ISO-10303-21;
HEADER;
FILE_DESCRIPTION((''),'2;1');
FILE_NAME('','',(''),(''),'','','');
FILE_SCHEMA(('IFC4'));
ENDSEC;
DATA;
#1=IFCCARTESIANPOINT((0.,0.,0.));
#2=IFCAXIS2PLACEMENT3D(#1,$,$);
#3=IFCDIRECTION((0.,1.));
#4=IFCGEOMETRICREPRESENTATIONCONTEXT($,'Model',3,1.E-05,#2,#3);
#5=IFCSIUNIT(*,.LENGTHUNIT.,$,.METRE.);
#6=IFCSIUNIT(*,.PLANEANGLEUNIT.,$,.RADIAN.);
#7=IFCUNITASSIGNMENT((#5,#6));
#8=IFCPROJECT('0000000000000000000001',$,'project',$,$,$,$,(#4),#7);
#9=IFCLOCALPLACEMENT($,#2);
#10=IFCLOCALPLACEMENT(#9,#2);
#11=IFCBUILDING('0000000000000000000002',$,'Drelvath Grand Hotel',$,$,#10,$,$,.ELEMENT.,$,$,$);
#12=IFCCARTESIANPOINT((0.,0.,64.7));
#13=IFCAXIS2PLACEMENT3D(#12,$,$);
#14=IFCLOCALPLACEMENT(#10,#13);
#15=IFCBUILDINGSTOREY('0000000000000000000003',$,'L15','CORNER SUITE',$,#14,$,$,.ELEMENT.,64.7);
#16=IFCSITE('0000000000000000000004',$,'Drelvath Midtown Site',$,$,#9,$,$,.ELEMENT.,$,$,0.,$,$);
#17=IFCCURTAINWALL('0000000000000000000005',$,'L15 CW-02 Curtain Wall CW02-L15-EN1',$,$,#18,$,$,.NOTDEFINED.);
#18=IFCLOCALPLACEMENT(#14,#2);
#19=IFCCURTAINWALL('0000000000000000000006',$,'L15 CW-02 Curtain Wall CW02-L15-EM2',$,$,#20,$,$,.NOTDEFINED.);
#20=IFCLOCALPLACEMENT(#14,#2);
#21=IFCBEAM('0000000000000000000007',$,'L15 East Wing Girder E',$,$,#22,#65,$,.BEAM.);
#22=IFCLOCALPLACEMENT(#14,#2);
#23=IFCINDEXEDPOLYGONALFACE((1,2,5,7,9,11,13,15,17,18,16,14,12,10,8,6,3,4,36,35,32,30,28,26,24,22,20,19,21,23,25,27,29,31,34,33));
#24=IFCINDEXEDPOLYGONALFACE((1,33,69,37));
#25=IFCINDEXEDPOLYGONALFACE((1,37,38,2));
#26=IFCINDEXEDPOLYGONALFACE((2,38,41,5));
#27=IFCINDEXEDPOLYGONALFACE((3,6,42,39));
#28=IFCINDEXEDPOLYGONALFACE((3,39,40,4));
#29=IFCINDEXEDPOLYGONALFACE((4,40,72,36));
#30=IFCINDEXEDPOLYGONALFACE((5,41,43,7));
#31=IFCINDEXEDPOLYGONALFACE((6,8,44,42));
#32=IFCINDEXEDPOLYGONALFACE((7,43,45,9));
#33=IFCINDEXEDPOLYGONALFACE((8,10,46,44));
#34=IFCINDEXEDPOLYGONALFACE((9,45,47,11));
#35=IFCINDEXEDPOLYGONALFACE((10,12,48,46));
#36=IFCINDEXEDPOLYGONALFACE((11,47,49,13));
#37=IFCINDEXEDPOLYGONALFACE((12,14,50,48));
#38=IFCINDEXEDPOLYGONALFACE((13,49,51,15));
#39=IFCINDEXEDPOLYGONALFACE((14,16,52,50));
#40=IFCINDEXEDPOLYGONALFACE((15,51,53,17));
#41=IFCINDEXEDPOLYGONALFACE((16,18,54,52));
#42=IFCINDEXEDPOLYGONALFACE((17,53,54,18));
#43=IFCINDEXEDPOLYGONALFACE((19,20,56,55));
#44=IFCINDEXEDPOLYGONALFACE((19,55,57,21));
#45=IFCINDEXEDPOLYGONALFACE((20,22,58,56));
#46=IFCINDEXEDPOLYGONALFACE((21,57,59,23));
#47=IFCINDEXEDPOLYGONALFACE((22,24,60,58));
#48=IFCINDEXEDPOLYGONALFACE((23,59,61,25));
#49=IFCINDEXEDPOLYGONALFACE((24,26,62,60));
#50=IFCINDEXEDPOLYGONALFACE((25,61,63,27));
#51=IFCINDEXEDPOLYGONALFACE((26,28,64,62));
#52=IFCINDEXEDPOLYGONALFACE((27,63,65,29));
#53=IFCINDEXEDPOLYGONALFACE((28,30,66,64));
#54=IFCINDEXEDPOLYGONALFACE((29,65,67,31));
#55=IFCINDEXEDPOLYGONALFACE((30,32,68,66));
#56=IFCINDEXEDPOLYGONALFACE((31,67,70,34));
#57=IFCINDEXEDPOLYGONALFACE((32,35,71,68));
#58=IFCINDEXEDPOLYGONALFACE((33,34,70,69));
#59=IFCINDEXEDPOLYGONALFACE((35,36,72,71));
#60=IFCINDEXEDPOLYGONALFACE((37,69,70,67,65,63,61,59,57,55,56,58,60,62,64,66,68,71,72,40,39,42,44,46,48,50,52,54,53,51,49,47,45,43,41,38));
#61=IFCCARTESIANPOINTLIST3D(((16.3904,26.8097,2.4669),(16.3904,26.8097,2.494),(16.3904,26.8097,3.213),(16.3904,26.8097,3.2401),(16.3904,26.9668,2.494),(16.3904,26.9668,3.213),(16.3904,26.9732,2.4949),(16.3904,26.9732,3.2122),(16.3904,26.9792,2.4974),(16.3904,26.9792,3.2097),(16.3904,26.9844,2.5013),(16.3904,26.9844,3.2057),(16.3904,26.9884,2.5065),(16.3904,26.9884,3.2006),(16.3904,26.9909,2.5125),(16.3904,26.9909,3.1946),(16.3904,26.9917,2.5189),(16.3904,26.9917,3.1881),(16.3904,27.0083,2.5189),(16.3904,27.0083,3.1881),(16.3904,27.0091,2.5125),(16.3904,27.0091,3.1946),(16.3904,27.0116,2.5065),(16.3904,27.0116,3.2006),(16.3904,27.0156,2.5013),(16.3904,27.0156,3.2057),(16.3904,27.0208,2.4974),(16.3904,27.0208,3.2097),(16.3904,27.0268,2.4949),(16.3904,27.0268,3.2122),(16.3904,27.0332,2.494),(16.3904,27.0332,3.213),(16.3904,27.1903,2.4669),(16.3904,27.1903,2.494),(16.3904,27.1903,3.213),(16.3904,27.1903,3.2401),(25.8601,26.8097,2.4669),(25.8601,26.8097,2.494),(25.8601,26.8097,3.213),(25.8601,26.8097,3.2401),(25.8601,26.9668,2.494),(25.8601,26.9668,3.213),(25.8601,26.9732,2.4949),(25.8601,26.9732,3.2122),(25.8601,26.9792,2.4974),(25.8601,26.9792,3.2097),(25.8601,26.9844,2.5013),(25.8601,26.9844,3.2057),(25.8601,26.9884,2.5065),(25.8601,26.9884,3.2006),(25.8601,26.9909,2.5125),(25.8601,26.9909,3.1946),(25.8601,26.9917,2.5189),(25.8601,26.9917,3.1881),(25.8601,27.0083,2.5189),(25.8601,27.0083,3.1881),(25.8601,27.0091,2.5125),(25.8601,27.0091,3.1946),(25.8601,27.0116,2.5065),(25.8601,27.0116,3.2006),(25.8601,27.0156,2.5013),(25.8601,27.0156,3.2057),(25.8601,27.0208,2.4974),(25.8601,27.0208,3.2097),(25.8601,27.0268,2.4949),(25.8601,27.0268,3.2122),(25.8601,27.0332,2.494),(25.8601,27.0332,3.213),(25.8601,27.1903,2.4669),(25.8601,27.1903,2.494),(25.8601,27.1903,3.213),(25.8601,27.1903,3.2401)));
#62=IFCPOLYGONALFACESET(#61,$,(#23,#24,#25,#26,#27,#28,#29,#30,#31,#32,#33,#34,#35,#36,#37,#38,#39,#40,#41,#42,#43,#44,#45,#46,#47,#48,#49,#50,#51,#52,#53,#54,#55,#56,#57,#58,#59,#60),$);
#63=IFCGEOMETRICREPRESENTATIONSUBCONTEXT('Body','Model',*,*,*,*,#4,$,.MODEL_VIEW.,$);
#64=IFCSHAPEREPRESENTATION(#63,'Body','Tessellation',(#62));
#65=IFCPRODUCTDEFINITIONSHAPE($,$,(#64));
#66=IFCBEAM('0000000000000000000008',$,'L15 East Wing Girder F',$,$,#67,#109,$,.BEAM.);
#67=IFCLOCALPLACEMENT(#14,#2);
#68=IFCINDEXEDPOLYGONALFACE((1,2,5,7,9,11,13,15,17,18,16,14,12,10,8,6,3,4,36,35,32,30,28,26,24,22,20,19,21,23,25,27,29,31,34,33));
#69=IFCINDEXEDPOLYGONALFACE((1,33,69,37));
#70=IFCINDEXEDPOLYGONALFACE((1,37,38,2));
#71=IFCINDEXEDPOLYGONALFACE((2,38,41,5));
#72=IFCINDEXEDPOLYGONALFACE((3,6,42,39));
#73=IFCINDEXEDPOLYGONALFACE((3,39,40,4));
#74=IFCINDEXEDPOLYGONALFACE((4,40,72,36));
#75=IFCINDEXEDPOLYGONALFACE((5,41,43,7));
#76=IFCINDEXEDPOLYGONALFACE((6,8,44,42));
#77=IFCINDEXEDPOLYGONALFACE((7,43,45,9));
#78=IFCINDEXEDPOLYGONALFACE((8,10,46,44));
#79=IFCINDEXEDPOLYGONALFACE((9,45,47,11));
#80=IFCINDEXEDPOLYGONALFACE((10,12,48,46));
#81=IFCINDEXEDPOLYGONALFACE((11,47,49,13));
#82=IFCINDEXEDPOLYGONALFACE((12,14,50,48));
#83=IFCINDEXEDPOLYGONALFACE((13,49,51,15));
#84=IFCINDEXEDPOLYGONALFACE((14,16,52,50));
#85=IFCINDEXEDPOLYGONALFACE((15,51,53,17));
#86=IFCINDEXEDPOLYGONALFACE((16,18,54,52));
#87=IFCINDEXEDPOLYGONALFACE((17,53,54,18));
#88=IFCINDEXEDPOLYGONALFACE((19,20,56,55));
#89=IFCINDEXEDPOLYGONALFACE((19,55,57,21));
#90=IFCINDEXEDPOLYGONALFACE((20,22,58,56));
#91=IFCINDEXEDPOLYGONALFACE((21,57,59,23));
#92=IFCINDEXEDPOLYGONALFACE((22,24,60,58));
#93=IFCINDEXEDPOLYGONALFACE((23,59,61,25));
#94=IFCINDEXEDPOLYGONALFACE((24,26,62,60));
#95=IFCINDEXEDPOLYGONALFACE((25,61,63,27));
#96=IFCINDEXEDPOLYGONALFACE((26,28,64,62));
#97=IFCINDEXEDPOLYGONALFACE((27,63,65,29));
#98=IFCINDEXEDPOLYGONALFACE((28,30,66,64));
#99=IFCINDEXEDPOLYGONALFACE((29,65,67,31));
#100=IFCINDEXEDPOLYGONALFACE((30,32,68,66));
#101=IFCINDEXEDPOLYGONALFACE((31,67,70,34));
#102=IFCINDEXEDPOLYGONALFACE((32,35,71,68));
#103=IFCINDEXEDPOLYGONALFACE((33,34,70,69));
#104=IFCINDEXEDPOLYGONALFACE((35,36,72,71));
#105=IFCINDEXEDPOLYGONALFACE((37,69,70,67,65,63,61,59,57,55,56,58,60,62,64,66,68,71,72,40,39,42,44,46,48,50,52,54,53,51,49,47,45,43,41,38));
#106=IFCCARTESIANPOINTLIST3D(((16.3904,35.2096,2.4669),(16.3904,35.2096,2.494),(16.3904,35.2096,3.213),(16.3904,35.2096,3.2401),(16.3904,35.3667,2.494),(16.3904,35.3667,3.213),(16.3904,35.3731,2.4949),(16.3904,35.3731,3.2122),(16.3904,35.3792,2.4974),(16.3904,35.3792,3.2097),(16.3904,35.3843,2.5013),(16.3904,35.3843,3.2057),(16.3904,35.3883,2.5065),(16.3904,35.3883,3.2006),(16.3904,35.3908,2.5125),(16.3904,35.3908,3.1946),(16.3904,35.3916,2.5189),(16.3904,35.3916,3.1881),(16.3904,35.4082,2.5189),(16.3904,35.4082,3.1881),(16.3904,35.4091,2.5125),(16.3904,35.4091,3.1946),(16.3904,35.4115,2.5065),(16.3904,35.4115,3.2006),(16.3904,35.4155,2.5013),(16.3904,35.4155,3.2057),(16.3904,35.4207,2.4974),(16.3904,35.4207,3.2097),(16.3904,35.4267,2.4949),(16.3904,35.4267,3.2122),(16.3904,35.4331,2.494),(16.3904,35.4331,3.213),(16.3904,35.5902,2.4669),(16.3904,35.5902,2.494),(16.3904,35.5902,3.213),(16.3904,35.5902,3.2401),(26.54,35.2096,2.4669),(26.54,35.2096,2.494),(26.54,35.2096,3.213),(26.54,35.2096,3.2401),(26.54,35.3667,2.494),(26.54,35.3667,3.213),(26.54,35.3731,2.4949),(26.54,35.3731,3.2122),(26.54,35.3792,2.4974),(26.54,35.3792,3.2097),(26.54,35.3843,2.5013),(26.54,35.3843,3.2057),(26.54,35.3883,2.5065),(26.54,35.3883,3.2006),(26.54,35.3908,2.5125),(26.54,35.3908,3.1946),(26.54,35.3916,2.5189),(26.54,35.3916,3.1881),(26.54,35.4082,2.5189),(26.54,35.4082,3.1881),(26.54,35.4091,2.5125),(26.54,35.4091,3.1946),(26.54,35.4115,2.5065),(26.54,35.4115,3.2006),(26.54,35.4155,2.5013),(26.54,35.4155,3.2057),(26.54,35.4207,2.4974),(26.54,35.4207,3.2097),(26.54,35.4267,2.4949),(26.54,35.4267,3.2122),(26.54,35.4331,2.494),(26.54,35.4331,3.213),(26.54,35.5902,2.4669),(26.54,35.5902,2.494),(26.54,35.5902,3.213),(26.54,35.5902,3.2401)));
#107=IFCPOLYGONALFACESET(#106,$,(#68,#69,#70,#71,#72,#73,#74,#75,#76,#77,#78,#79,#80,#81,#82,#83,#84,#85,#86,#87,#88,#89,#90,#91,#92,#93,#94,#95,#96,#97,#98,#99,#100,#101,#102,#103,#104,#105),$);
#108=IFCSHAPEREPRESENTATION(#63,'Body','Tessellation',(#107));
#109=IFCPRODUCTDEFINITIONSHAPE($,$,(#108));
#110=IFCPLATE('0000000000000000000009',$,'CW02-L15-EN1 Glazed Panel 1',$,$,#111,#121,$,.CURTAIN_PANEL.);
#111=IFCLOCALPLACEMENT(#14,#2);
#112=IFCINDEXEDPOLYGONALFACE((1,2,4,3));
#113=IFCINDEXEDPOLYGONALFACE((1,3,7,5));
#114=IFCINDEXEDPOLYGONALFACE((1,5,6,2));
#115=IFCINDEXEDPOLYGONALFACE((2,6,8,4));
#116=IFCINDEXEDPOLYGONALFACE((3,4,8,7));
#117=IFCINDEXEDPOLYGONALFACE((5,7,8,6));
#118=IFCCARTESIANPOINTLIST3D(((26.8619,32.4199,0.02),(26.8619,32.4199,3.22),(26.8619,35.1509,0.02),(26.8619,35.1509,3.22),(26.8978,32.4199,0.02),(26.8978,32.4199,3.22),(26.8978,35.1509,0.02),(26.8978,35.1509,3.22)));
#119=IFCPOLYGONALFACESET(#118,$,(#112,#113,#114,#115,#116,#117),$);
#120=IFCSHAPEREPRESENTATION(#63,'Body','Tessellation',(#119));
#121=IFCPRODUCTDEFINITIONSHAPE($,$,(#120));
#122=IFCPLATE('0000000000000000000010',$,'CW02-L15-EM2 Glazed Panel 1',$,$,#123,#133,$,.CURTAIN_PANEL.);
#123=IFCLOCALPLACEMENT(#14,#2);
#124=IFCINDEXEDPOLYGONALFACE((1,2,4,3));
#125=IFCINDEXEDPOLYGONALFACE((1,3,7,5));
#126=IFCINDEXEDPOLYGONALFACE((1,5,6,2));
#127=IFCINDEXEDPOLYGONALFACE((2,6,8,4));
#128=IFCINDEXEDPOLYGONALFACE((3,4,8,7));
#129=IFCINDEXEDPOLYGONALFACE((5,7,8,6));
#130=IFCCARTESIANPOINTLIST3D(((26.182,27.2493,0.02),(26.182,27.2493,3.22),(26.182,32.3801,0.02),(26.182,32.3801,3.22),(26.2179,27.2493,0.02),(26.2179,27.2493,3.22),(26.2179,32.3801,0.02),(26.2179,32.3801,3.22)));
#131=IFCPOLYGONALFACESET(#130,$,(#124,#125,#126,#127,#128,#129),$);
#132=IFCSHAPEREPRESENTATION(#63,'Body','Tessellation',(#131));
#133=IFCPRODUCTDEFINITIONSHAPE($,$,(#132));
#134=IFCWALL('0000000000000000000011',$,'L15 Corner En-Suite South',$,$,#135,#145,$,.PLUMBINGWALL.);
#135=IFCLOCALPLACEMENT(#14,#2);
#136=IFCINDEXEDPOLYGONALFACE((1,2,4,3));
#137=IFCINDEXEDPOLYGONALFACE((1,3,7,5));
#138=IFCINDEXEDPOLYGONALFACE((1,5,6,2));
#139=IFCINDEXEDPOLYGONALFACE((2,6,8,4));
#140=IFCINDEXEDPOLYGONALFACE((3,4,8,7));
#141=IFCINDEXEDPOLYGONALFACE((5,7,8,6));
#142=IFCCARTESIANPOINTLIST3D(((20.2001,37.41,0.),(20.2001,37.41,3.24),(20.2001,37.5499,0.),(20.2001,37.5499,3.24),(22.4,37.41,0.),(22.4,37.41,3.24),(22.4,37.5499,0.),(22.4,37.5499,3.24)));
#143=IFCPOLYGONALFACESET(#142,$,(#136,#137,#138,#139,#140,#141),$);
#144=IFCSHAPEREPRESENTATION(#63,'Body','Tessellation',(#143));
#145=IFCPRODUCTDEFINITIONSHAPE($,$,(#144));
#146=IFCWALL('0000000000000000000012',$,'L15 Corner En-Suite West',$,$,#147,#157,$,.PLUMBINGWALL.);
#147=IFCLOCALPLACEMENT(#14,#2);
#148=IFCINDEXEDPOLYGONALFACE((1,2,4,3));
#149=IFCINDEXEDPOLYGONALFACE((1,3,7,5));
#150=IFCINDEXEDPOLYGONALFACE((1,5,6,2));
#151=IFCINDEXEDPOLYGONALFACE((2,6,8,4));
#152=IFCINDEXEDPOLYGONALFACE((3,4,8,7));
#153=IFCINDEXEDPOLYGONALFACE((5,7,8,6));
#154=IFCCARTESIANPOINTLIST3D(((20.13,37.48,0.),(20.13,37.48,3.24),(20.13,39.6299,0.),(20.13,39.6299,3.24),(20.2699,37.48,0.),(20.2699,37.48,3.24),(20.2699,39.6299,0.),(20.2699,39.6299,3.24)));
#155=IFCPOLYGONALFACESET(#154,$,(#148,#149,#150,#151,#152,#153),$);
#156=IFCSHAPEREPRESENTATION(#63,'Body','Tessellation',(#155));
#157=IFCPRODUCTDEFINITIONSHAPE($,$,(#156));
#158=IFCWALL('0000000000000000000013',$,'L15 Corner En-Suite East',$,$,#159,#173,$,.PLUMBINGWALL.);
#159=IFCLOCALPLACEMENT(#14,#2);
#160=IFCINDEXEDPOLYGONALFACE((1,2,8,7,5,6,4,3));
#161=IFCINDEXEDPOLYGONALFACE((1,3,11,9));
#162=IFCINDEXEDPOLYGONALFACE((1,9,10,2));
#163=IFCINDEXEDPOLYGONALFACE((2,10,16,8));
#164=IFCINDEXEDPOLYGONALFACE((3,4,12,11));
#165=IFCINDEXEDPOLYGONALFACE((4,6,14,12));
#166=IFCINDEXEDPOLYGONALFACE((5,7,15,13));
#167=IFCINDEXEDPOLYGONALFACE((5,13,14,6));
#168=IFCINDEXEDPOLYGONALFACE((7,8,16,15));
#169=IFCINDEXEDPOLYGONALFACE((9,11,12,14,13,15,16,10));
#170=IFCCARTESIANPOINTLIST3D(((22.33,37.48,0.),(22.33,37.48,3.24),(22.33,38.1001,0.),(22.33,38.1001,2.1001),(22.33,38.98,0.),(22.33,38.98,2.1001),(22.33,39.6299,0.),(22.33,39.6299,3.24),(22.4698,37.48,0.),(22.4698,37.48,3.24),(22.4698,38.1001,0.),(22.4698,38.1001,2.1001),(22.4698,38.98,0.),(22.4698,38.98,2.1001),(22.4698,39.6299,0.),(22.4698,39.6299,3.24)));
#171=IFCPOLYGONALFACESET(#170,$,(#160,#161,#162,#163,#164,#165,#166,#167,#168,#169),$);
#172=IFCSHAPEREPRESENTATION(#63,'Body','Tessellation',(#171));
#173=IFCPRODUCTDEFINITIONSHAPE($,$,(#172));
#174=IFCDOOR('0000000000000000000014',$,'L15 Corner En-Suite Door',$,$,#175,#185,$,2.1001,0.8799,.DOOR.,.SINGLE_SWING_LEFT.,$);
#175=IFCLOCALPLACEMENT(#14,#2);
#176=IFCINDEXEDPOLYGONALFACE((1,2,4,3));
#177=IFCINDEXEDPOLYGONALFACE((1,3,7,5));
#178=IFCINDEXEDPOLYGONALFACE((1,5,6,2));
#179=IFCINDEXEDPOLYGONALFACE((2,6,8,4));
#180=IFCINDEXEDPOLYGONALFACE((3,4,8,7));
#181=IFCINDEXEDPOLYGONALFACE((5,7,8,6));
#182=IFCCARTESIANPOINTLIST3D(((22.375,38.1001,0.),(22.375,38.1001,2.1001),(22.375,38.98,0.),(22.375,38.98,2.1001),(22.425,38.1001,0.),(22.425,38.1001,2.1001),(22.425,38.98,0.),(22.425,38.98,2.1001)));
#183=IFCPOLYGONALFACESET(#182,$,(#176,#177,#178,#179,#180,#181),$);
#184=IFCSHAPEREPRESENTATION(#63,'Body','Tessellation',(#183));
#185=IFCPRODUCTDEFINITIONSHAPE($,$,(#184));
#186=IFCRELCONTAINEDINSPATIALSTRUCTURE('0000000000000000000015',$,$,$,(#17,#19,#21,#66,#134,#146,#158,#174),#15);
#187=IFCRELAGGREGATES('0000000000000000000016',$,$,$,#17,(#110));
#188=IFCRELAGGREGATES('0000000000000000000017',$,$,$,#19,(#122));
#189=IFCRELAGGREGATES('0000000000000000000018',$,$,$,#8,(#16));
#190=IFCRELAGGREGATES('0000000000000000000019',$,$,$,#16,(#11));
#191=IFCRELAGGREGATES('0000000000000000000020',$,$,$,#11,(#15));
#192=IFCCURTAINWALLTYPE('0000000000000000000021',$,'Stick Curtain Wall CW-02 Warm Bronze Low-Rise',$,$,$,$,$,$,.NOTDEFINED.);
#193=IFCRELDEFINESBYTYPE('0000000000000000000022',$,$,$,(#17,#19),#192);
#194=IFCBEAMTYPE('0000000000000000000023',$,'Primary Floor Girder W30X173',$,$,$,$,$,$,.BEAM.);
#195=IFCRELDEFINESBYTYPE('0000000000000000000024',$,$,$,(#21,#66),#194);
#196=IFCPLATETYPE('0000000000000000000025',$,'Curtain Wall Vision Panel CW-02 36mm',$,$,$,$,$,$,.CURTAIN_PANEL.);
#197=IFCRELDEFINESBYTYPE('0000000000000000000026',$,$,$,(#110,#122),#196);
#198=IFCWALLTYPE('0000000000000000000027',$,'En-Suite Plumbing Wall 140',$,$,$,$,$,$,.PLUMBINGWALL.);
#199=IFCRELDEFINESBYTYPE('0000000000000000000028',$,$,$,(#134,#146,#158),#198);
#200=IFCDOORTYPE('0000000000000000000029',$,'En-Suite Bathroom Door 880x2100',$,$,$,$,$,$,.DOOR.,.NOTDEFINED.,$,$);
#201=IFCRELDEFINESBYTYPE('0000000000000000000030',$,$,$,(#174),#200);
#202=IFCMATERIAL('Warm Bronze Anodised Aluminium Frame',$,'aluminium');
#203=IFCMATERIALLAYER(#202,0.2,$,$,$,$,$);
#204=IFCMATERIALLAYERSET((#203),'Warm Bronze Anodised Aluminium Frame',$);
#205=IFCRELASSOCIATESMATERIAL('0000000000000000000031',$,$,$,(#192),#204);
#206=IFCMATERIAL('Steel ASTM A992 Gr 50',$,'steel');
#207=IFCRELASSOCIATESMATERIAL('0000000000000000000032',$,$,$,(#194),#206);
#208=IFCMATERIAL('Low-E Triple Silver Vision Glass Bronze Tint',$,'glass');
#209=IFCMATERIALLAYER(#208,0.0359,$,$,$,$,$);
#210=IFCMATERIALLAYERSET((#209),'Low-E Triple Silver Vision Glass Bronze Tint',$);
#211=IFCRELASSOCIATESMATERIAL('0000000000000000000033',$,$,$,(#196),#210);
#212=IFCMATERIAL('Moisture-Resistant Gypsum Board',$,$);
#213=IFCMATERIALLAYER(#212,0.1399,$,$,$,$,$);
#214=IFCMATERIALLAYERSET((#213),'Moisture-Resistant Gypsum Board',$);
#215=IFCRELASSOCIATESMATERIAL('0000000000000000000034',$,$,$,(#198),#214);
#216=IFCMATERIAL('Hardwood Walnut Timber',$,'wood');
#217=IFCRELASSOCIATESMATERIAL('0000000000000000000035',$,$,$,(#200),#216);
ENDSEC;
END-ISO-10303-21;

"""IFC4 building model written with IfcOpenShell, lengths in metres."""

from ifc_helpers import new_model, si_unit, direction, frame, frame_2d, origin, origin_2d, place, context, subcontext, project, spatial, rectangle, i_section, extrude, material, layer, layer_set, material_profile, profile_set, type_object, element, fill, aggregate, save


model = new_model("IFC4")

# Units and contexts
model_context = context("Model", 3, precision=1e-05, world=origin(), true_north=direction((0.0, 1.0)))
body_context = subcontext(model_context, "Body", "Model", "MODEL_VIEW")
ifc_project = project(units=[si_unit("LENGTHUNIT", "METRE"), si_unit("PLANEANGLEUNIT", "RADIAN")], contexts=[model_context])

# Site, building, storey
site_placement = place(None, origin())
site = spatial("IfcSite", under=ifc_project, at=site_placement, Name="Drelvath Midtown Site", CompositionType="ELEMENT", RefElevation=0.0)
building_placement = place(site_placement, origin())
building = spatial("IfcBuilding", under=site, at=building_placement, Name="Drelvath Grand Hotel", CompositionType="ELEMENT")
storey_placement = place(building_placement, frame((0.0, 0.0, 64.7)))
storey = spatial("IfcBuildingStorey", under=building, at=storey_placement, Name="L15", Description="CORNER SUITE", CompositionType="ELEMENT", Elevation=64.7)

# Curtain walls
ifc_material_1 = material(Name="Warm Bronze Anodised Aluminium Frame", Category="aluminium")
ifc_layer_1 = layer(ifc_material_1, 0.2)
ifc_layer_set_1 = layer_set([ifc_layer_1], Name="Warm Bronze Anodised Aluminium Frame")
curtain_wall_type = type_object("IfcCurtainWallType", Name="Stick Curtain Wall CW-02 Warm Bronze Low-Rise", PredefinedType="NOTDEFINED", material=ifc_layer_set_1)
curtain_wall_1_placement = place(storey_placement, origin())
curtain_wall_1 = element("IfcCurtainWall", 1, at=curtain_wall_1_placement, inside=storey, type_object=curtain_wall_type, Name="L15 CW-02 Curtain Wall CW02-L15-EN1", PredefinedType="NOTDEFINED")
curtain_wall_2_placement = place(storey_placement, origin())
curtain_wall_2 = element("IfcCurtainWall", 2, at=curtain_wall_2_placement, inside=storey, type_object=curtain_wall_type, Name="L15 CW-02 Curtain Wall CW02-L15-EM2", PredefinedType="NOTDEFINED")

# Beams
ifc_material_2 = material(Name="Steel ASTM A992 Gr 50", Category="steel")
ifc_material_profile_1 = material_profile(ifc_material_2, i_section(OverallWidth=0.3806, OverallDepth=0.7732, WebThickness=0.0166, FlangeThickness=0.0271, FilletRadius=0.0249, at=origin_2d()), Name="W30X173")
ifc_profile_set_1 = profile_set([ifc_material_profile_1], Name="Steel ASTM A992 Gr 50")
beam_type_1 = type_object("IfcBeamType", Name="Primary Floor Girder W30X173", PredefinedType="BEAM", material=ifc_profile_set_1)
beam_1_placement = place(storey_placement, frame((16.3904, 27.0, 2.8535), z_axis=(1.0, 0.0, 0.0), x_axis=(0.0, 1.0, 0.0)))
element("IfcBeam", 3, at=beam_1_placement, inside=storey, type_object=beam_type_1, Name="L15 East Wing Girder E", PredefinedType="BEAM", context=body_context, shape_type="SweptSolid", body=[
    extrude(i_section(OverallWidth=0.3806, OverallDepth=0.7732, WebThickness=0.0166, FlangeThickness=0.0271, FilletRadius=0.0249, at=origin_2d()), origin(), (0.0, 0.0, 1.0), 9.4697),
])
beam_2_placement = place(storey_placement, frame((16.3904, 35.3999, 2.8535), z_axis=(1.0, 0.0, 0.0), x_axis=(0.0, 1.0, 0.0)))
element("IfcBeam", 4, at=beam_2_placement, inside=storey, type_object=beam_type_1, Name="L15 East Wing Girder F", PredefinedType="BEAM", context=body_context, shape_type="SweptSolid", body=[
    extrude(i_section(OverallWidth=0.3806, OverallDepth=0.7732, WebThickness=0.0166, FlangeThickness=0.0271, FilletRadius=0.0249, at=origin_2d()), origin(), (0.0, 0.0, 1.0), 10.1497),
])

# Plates
ifc_material_3 = material(Name="Low-E Triple Silver Vision Glass Bronze Tint", Category="glass")
ifc_layer_2 = layer(ifc_material_3, 0.0359)
ifc_layer_set_2 = layer_set([ifc_layer_2], Name="Low-E Triple Silver Vision Glass Bronze Tint")
plate_type = type_object("IfcPlateType", Name="Curtain Wall Vision Panel CW-02 36mm", PredefinedType="CURTAIN_PANEL", material=ifc_layer_set_2)
plate_1_placement = place(storey_placement, frame((26.8799, 33.7854, 0.02), z_axis=(0.0, 0.0, 1.0), x_axis=(0.0, -1.0, 0.0)))
plate_1 = element("IfcPlate", 5, at=plate_1_placement, type_object=plate_type, Name="CW02-L15-EN1 Glazed Panel 1", PredefinedType="CURTAIN_PANEL", context=body_context, shape_type="SweptSolid", body=[
    extrude(rectangle(XDim=2.731, YDim=0.0359, at=origin_2d()), origin(), (0.0, 0.0, 1.0), 3.2),
])
aggregate(curtain_wall_1, [plate_1])
plate_2_placement = place(storey_placement, frame((26.2, 29.8147, 0.02), z_axis=(0.0, 0.0, 1.0), x_axis=(0.0, -1.0, 0.0)))
plate_2 = element("IfcPlate", 6, at=plate_2_placement, type_object=plate_type, Name="CW02-L15-EM2 Glazed Panel 1", PredefinedType="CURTAIN_PANEL", context=body_context, shape_type="SweptSolid", body=[
    extrude(rectangle(XDim=5.1309, YDim=0.0359, at=origin_2d()), origin(), (0.0, 0.0, 1.0), 3.2),
])
aggregate(curtain_wall_2, [plate_2])

# Shared definitions
ifc_material_4 = material(Name="Hardwood Walnut Timber", Category="wood")

# Walls
ifc_material_5 = material(Name="Moisture-Resistant Gypsum Board")
ifc_layer_3 = layer(ifc_material_5, 0.1399)
ifc_layer_set_3 = layer_set([ifc_layer_3], Name="Moisture-Resistant Gypsum Board")
wall_type_1 = type_object("IfcWallType", Name="En-Suite Plumbing Wall 140", PredefinedType="PLUMBINGWALL", material=ifc_layer_set_3)
wall_1_placement = place(storey_placement, frame((20.2, 37.48, 0.0), z_axis=(0.0, 0.0, 1.0), x_axis=(1.0, 0.0, 0.0)))
element("IfcWall", 7, at=wall_1_placement, inside=storey, type_object=wall_type_1, Name="L15 Corner En-Suite South", PredefinedType="PLUMBINGWALL", context=body_context, shape_type="SweptSolid", body=[
    extrude(rectangle(XDim=2.2, YDim=0.1399, at=frame_2d((1.1001, 0.0))), origin(), (0.0, 0.0, 1.0), 3.24),
])
wall_2_placement = place(storey_placement, frame((20.2, 37.48, 0.0), z_axis=(0.0, 0.0, 1.0), x_axis=(0.0, 1.0, 0.0)))
element("IfcWall", 8, at=wall_2_placement, inside=storey, type_object=wall_type_1, Name="L15 Corner En-Suite West", PredefinedType="PLUMBINGWALL", context=body_context, shape_type="SweptSolid", body=[
    extrude(rectangle(XDim=2.1499, YDim=0.1399, at=frame_2d((1.075, 0.0))), origin(), (0.0, 0.0, 1.0), 3.24),
])

# Wall, opening, door
wall_3_placement = place(storey_placement, frame((22.3999, 37.48, 0.0), z_axis=(0.0, 0.0, 1.0), x_axis=(0.0, 1.0, 0.0)))
wall_3 = element("IfcWall", 9, at=wall_3_placement, inside=storey, type_object=wall_type_1, Name="L15 Corner En-Suite East", PredefinedType="PLUMBINGWALL", context=body_context, shape_type="SweptSolid", body=[
    extrude(rectangle(XDim=2.1499, YDim=0.1399, at=frame_2d((1.075, 0.0))), origin(), (0.0, 0.0, 1.0), 3.24),
])
opening_1_placement = place(wall_3_placement, frame((0.6201, 0.0, 0.0)))
opening_1 = element("IfcOpeningElement", 10, at=opening_1_placement, cuts=wall_3, PredefinedType="OPENING", context=body_context, shape_type="SweptSolid", body=[
    extrude(rectangle(XDim=0.8799, YDim=2.1001, at=frame_2d((0.4399, 1.05))), frame((0.0, 0.0798, 0.0), z_axis=(0.0, -1.0, 0.0), x_axis=(1.0, 0.0, 0.0)), (0.0, 0.0, 1.0), 0.1599),
])
door_type_1 = type_object("IfcDoorType", Name="En-Suite Bathroom Door 880x2100", OperationType="NOTDEFINED", PredefinedType="DOOR", material=ifc_material_4)
door_1_placement = place(opening_1_placement, origin())
door_1 = element("IfcDoor", 11, at=door_1_placement, inside=storey, type_object=door_type_1, Name="L15 Corner En-Suite Door", OperationType="SINGLE_SWING_LEFT", OverallHeight=2.1001, OverallWidth=0.8799, PredefinedType="DOOR", context=body_context, shape_type="SweptSolid", body=[
    extrude(rectangle(XDim=0.8799, YDim=2.1001, at=frame_2d((0.4399, 1.05))), frame((0.0, 0.0249, 0.0), z_axis=(0.0, -1.0, 0.0), x_axis=(1.0, 0.0, 0.0)), (0.0, 0.0, 1.0), 0.05),
])
fill(opening_1, door_1)

save(model, "model.ifc")
